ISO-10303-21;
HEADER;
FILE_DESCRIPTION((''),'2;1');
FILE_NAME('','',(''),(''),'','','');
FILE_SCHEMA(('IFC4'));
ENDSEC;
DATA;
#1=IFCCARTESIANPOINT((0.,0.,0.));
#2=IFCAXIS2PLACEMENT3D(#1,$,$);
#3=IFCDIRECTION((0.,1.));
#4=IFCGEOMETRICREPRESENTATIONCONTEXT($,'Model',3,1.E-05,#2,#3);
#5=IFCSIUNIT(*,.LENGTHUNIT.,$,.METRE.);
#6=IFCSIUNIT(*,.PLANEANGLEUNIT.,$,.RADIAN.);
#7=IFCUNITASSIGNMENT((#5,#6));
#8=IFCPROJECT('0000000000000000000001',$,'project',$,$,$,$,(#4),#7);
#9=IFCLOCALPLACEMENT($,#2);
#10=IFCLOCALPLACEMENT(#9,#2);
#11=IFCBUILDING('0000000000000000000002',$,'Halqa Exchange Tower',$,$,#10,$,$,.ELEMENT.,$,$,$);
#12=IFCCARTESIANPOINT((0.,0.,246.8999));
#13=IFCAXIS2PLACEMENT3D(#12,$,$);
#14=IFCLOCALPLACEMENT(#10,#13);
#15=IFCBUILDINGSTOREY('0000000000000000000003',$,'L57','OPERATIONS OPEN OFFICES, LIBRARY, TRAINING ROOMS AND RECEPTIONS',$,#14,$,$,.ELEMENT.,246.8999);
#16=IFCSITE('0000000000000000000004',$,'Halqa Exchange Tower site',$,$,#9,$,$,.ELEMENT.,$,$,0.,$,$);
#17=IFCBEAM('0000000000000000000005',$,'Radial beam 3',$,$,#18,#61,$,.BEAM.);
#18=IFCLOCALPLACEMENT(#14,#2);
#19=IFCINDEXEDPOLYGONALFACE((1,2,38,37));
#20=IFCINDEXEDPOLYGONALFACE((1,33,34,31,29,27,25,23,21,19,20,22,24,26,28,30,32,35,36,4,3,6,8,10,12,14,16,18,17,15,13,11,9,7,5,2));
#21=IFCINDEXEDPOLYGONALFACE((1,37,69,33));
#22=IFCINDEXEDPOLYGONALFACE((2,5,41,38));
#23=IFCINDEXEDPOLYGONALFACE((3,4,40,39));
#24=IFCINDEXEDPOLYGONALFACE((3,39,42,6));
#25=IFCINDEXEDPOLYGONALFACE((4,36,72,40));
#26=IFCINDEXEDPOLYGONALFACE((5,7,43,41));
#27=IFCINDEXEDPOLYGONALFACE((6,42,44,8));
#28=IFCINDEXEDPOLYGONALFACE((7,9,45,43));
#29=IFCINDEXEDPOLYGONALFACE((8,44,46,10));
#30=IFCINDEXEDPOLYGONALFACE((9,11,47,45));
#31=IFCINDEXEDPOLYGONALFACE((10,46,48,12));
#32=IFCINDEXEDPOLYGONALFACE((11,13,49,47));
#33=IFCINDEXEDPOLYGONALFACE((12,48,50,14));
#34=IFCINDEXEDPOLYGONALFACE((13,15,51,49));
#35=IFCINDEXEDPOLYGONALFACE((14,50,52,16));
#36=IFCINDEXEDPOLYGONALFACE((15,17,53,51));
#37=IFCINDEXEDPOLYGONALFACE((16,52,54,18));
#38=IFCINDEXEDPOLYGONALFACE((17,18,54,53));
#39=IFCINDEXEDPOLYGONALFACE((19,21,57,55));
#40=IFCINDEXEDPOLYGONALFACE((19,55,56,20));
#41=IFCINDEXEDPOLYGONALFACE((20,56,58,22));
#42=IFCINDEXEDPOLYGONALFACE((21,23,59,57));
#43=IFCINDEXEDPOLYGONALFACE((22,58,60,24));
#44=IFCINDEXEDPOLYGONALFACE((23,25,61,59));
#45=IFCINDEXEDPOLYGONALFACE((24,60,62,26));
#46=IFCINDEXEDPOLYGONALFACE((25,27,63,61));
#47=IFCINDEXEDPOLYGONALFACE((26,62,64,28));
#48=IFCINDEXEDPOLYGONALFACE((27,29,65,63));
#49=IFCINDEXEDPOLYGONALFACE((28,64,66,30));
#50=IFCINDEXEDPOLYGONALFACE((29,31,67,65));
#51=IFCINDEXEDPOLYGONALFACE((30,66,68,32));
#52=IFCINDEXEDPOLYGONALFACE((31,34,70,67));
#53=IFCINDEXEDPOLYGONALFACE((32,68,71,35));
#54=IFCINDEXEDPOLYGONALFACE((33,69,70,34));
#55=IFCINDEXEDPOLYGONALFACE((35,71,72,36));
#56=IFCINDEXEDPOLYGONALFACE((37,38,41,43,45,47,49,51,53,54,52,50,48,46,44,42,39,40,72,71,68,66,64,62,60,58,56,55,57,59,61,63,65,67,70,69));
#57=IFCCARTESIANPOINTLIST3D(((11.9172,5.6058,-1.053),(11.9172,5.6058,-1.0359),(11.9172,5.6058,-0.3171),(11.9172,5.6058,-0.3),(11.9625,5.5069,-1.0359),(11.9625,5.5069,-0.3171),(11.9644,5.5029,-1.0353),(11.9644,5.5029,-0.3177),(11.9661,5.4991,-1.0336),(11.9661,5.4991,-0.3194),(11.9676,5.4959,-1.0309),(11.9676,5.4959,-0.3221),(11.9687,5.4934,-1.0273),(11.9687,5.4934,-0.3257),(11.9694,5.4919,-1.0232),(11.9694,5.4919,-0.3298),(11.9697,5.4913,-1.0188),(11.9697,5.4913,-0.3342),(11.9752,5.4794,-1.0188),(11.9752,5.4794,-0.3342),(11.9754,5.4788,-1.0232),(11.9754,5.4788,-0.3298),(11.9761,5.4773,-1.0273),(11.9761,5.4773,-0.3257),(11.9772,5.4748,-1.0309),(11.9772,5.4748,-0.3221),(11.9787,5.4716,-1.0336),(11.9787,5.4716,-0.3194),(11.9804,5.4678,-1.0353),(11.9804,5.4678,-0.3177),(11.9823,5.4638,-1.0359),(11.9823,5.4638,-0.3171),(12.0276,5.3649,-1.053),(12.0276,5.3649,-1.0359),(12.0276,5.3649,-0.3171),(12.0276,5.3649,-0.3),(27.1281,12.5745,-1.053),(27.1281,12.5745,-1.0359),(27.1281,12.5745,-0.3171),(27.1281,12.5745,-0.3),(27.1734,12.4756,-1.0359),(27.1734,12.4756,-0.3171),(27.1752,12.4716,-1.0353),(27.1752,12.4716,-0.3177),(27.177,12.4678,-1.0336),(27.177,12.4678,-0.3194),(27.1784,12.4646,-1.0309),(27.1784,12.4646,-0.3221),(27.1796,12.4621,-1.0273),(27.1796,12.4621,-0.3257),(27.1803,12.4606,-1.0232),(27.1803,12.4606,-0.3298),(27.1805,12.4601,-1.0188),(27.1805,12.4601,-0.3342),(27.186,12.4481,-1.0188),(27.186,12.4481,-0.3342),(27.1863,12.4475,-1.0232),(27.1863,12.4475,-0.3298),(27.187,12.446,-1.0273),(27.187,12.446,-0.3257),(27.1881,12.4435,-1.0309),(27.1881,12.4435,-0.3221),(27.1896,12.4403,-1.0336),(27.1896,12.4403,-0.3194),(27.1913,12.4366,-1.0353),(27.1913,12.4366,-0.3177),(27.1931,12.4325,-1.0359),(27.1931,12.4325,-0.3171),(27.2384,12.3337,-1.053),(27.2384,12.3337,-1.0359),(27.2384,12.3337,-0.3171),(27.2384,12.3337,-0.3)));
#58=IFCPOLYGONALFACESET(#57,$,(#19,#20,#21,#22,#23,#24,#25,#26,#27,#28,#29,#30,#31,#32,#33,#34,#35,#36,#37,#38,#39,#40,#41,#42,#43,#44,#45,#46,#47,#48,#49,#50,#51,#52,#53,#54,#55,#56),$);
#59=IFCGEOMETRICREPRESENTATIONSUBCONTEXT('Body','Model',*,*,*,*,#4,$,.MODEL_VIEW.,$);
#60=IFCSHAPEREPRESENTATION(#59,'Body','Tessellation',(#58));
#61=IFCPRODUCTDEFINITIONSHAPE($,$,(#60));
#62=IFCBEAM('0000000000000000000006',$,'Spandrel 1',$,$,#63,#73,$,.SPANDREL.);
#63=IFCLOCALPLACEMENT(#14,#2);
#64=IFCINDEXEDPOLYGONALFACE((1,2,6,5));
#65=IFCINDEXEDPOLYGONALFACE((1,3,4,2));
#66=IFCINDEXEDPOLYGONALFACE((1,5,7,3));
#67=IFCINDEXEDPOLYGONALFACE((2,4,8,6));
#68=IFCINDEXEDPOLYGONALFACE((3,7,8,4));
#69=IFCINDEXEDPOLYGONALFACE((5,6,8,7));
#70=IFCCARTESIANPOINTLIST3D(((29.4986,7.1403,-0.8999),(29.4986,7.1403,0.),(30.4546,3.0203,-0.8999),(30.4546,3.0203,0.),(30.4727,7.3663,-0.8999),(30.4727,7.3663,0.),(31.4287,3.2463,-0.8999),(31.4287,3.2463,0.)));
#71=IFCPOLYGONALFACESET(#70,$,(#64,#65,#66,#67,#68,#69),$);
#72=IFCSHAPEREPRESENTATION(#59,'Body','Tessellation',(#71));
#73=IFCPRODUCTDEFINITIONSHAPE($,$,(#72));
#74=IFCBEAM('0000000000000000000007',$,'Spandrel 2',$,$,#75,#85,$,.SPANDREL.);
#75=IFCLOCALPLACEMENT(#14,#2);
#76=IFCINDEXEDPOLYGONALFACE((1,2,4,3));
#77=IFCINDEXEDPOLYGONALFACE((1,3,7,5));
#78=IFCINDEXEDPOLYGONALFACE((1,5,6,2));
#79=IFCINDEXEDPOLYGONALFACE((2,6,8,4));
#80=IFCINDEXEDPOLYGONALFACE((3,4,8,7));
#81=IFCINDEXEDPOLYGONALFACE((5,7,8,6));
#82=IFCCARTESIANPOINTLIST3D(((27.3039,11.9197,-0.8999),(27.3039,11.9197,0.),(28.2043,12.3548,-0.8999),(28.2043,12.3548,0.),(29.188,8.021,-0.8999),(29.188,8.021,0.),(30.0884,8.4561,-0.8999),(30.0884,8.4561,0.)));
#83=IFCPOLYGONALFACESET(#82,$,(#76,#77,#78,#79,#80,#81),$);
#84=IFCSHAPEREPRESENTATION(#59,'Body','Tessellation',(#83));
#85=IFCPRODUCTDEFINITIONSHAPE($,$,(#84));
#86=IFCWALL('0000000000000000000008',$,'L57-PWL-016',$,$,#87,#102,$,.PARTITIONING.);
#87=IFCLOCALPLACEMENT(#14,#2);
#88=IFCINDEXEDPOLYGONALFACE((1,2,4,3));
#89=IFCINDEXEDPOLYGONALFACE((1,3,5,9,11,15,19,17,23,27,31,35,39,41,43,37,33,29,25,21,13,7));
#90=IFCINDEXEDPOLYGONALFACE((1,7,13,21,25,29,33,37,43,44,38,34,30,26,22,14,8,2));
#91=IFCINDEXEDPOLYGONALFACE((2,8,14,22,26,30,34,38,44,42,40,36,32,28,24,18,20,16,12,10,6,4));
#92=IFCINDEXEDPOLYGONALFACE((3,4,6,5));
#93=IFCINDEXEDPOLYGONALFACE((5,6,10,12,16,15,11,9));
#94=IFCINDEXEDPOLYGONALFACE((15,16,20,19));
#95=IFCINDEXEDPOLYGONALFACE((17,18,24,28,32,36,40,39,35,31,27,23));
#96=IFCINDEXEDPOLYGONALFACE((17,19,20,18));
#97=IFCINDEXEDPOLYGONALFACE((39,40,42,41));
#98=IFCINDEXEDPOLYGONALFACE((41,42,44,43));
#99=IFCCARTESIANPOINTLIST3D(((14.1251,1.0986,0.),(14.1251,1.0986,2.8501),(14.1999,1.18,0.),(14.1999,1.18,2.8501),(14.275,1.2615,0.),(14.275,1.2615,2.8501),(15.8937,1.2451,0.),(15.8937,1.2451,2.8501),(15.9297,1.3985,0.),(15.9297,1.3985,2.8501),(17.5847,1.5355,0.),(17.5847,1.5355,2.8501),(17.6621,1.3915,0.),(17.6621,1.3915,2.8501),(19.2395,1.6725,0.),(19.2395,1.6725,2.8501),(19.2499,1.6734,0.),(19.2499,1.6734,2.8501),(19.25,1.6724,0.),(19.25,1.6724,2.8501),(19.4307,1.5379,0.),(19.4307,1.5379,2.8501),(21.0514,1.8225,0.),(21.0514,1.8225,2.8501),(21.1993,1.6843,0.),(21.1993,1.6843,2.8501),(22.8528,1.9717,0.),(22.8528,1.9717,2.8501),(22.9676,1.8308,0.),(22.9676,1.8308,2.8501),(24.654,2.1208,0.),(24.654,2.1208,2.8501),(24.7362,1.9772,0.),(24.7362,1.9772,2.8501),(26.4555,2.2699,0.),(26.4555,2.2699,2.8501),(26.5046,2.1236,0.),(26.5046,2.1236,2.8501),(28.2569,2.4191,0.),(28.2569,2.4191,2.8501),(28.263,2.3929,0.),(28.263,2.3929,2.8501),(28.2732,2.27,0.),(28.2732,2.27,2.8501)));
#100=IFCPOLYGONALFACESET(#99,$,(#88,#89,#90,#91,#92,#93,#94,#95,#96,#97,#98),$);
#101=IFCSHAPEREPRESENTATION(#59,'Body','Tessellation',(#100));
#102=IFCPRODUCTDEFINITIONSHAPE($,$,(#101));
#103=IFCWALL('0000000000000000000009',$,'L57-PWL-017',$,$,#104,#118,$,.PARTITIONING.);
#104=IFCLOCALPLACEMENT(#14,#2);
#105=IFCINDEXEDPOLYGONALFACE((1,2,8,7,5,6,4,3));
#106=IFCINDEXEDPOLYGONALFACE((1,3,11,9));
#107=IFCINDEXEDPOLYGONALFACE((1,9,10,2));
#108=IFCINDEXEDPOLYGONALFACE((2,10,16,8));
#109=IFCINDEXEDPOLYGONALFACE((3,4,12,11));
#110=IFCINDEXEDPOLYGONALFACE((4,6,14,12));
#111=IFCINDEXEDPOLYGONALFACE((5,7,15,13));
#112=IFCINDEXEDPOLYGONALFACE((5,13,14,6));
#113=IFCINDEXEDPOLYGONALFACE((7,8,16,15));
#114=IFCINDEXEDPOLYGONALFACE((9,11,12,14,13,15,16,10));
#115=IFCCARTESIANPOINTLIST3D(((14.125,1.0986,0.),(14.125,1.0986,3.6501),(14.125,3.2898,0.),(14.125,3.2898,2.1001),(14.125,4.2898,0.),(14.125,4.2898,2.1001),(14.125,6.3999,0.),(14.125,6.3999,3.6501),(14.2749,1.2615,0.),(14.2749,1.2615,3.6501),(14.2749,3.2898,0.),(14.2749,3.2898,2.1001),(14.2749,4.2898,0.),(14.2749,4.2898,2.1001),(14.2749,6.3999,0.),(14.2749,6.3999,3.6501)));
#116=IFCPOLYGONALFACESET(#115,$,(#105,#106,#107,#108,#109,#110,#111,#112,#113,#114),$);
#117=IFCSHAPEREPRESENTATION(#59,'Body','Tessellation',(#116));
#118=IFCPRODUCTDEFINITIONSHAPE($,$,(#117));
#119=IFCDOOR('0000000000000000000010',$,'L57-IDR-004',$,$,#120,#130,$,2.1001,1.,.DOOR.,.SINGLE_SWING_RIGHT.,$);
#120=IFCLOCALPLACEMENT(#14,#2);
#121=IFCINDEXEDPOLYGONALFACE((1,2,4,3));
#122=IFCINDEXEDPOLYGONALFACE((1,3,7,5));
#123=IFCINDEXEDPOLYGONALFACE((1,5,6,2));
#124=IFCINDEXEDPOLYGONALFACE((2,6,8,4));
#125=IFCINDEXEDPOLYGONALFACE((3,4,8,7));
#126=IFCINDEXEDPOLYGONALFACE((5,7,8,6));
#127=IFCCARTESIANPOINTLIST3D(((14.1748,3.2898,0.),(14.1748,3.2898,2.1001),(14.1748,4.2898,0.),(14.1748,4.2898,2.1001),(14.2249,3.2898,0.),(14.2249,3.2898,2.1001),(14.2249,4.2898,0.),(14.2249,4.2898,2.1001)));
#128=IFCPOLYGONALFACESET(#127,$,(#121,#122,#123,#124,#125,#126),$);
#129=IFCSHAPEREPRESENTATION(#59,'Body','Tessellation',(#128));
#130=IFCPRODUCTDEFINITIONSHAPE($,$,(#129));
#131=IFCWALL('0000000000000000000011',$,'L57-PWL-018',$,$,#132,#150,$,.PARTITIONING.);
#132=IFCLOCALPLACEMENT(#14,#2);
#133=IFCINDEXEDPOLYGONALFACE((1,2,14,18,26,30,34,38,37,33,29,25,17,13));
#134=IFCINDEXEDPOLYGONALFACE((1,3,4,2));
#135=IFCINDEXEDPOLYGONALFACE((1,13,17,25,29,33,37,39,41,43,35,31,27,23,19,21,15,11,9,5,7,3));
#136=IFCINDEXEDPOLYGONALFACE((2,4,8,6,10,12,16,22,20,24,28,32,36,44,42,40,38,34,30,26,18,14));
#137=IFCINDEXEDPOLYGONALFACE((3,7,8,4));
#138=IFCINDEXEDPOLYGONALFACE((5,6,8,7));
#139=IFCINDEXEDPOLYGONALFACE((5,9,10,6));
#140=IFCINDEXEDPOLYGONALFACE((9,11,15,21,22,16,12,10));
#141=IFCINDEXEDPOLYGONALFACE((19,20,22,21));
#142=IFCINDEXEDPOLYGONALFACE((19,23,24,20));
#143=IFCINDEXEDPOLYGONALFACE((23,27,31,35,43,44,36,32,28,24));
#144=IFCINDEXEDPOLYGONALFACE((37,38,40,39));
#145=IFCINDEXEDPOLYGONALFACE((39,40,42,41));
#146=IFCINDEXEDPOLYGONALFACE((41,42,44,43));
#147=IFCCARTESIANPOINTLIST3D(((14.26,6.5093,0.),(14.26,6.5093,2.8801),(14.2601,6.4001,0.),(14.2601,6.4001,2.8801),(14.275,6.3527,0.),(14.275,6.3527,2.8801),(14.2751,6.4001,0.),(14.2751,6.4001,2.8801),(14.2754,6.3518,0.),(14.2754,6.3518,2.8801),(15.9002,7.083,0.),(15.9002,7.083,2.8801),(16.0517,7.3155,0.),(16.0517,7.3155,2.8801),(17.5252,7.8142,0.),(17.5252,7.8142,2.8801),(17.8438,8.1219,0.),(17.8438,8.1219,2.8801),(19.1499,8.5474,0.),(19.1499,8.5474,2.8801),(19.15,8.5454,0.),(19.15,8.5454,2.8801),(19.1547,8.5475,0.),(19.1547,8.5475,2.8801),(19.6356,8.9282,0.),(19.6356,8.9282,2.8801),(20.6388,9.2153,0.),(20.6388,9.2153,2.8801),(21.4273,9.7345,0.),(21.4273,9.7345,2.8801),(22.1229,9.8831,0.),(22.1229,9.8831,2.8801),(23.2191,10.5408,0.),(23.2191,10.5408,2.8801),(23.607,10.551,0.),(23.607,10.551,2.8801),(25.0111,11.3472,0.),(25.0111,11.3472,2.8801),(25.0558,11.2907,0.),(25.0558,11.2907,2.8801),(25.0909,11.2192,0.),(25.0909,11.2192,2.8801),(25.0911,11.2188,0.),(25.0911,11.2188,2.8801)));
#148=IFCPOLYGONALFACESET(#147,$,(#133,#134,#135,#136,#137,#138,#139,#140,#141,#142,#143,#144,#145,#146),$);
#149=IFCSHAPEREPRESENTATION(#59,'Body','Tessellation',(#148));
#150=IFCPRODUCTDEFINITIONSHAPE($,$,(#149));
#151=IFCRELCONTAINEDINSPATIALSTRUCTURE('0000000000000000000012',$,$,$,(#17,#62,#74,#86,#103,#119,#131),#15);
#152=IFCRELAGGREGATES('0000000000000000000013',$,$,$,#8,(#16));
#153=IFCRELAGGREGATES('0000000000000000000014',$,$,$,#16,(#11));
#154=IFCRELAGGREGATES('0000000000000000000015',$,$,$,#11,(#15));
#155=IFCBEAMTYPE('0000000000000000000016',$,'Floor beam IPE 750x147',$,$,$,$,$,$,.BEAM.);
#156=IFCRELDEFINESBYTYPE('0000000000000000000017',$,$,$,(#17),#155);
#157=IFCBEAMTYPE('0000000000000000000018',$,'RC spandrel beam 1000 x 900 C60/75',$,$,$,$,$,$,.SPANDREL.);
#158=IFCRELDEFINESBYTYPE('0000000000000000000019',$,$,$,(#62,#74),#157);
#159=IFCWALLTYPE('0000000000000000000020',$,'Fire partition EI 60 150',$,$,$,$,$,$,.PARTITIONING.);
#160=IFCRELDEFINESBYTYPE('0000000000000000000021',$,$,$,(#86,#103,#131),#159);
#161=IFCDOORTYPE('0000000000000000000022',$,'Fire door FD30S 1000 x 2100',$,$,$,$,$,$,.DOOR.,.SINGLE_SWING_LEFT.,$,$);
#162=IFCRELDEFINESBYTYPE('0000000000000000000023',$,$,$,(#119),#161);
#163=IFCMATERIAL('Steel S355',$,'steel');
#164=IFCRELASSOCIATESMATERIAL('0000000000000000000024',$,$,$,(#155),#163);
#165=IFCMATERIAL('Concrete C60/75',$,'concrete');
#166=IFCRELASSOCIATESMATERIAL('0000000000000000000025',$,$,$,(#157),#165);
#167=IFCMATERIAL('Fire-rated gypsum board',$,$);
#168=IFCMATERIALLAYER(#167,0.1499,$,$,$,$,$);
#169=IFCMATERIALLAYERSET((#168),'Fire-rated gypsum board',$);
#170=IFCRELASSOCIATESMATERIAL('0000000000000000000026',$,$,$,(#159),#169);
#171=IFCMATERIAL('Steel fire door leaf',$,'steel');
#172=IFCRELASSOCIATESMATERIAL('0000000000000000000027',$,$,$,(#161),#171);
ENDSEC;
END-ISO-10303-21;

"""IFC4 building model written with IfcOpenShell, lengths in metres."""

from ifc_helpers import new_model, si_unit, direction, frame, frame_2d, origin, origin_2d, place, context, subcontext, project, spatial, polyline, rectangle, i_section, outline, extrude, material, layer, layer_set, material_profile, profile_set, type_object, element, fill, save


model = new_model("IFC4")

# Units and contexts
model_context = context("Model", 3, precision=1e-05, world=origin(), true_north=direction((0.0, 1.0)))
body_context = subcontext(model_context, "Body", "Model", "MODEL_VIEW")
ifc_project = project(units=[si_unit("LENGTHUNIT", "METRE"), si_unit("PLANEANGLEUNIT", "RADIAN")], contexts=[model_context])

# Site, building, storey
site_placement = place(None, origin())
site = spatial("IfcSite", under=ifc_project, at=site_placement, Name="Halqa Exchange Tower site", CompositionType="ELEMENT", RefElevation=0.0)
building_placement = place(site_placement, origin())
building = spatial("IfcBuilding", under=site, at=building_placement, Name="Halqa Exchange Tower", CompositionType="ELEMENT")
storey_placement = place(building_placement, frame((0.0, 0.0, 246.8999)))
storey = spatial("IfcBuildingStorey", under=building, at=storey_placement, Name="L57", Description="OPERATIONS OPEN OFFICES, LIBRARY, TRAINING ROOMS AND RECEPTIONS", CompositionType="ELEMENT", Elevation=246.8999)

# Shared definitions
ifc_material_1 = material(Name="Concrete C60/75", Category="concrete")

# Beams
ifc_material_2 = material(Name="Steel S355", Category="steel")
ifc_material_profile_1 = material_profile(ifc_material_2, i_section(OverallWidth=0.2649, OverallDepth=0.7529, WebThickness=0.0132, FlangeThickness=0.0171, FilletRadius=0.0171, at=origin_2d()), Name="IPE 750x147")
ifc_profile_set_1 = profile_set([ifc_material_profile_1], Name="Steel S355")
beam_type_1 = type_object("IfcBeamType", Name="Floor beam IPE 750x147", PredefinedType="BEAM", material=ifc_profile_set_1)
beam_1_placement = place(storey_placement, frame((11.9724, 5.4854, -0.6765), z_axis=(0.909131, 0.41651, 0.0), x_axis=(-0.41651, 0.909131, 0.0)))
element("IfcBeam", 1, at=beam_1_placement, inside=storey, type_object=beam_type_1, Name="Radial beam 3", PredefinedType="BEAM", context=body_context, shape_type="SweptSolid", body=[
    extrude(i_section(OverallWidth=0.2649, OverallDepth=0.7529, WebThickness=0.0132, FlangeThickness=0.0171, FilletRadius=0.0171, at=origin_2d()), origin(), (0.0, 0.0, 1.0), 16.7312),
])
ifc_material_profile_2 = material_profile(ifc_material_1, rectangle(XDim=1.0, YDim=0.8999, at=origin_2d()), Name="1000 x 900")
ifc_profile_set_2 = profile_set([ifc_material_profile_2], Name="Concrete C60/75")
beam_type_2 = type_object("IfcBeamType", Name="RC spandrel beam 1000 x 900 C60/75", PredefinedType="SPANDREL", material=ifc_profile_set_2)
beam_2_placement = place(storey_placement, frame((30.9417, 3.1333, -0.45), z_axis=(-0.22604, 0.974118, 0.0), x_axis=(-0.974118, -0.22604, 0.0)))
element("IfcBeam", 2, at=beam_2_placement, inside=storey, type_object=beam_type_2, Name="Spandrel 1", PredefinedType="SPANDREL", context=body_context, shape_type="SweptSolid", body=[
    extrude(rectangle(XDim=1.0, YDim=0.8999, at=origin_2d()), origin(), (0.0, 0.0, 1.0), 4.2295),
])
beam_3_placement = place(storey_placement, frame((29.6382, 8.2385, -0.45), z_axis=(-0.435107, 0.900379, 0.0), x_axis=(-0.900379, -0.435107, 0.0)))
element("IfcBeam", 3, at=beam_3_placement, inside=storey, type_object=beam_type_2, Name="Spandrel 2", PredefinedType="SPANDREL", context=body_context, shape_type="SweptSolid", body=[
    extrude(rectangle(XDim=1.0, YDim=0.8999, at=origin_2d()), origin(), (0.0, 0.0, 1.0), 4.3301),
])

# Wall
ifc_material_3 = material(Name="Fire-rated gypsum board")
ifc_layer_1 = layer(ifc_material_3, 0.1499)
ifc_layer_set_1 = layer_set([ifc_layer_1], Name="Fire-rated gypsum board")
wall_type_1 = type_object("IfcWallType", Name="Fire partition EI 60 150", PredefinedType="PARTITIONING", material=ifc_layer_set_1)
wall_1_placement = place(storey_placement, frame((14.1189, 1.1733, 0.0), z_axis=(0.0, 0.0, 1.0), x_axis=(0.99659, 0.082512, 0.0)))
element("IfcWall", 4, at=wall_1_placement, inside=storey, type_object=wall_type_1, Name="L57-PWL-016", PredefinedType="PARTITIONING", context=body_context, shape_type="SweptSolid", body=[
    extrude(outline(polyline([(14.1965, -0.075), (14.1965, 0.0483), (14.1926, 0.075), (12.385, 0.075), (10.5774, 0.075), (8.77, 0.075), (6.9624, 0.075), (5.1548, 0.075), (5.1548, 0.074), (5.1443, 0.075), (3.4839, 0.075), (1.8232, 0.075), (0.1628, 0.075), (0.0813, 0.0), (0.0, -0.075), (1.7747, -0.075), (3.5491, -0.075), (5.3237, -0.075), (7.0984, -0.075), (8.8728, -0.075), (10.6475, -0.075), (12.4219, -0.075), (14.1965, -0.075)])), origin(), (0.0, 0.0, 1.0), 2.8501),
])

# Wall, opening, door
wall_2_placement = place(storey_placement, frame((14.2, 6.3999, 0.0), z_axis=(0.0, 0.0, 1.0), x_axis=(0.0, -1.0, 0.0)))
wall_2 = element("IfcWall", 5, at=wall_2_placement, inside=storey, type_object=wall_type_1, Name="L57-PWL-017", PredefinedType="PARTITIONING", context=body_context, shape_type="SweptSolid", body=[
    extrude(outline(polyline([(0.0, -0.075), (1.7671, -0.075), (3.5342, -0.075), (5.3013, -0.075), (5.1384, 0.075), (3.4258, 0.075), (1.7129, 0.075), (0.0, 0.075), (0.0, -0.075)])), origin(), (0.0, 0.0, 1.0), 3.6501),
])
opening_1_placement = place(wall_2_placement, frame((2.1101, 0.0, 0.0)))
opening_1 = element("IfcOpeningElement", 6, at=opening_1_placement, cuts=wall_2, PredefinedType="OPENING", context=body_context, shape_type="SweptSolid", body=[
    extrude(rectangle(XDim=1.0, YDim=2.1001, at=frame_2d((0.5, 1.05))), frame((0.0, 0.0869, 0.0), z_axis=(0.0, -1.0, 0.0), x_axis=(1.0, 0.0, 0.0)), (0.0, 0.0, 1.0), 0.1738),
])
ifc_material_4 = material(Name="Steel fire door leaf", Category="steel")
door_type_1 = type_object("IfcDoorType", Name="Fire door FD30S 1000 x 2100", OperationType="SINGLE_SWING_LEFT", PredefinedType="DOOR", material=ifc_material_4)
door_1_placement = place(opening_1_placement, origin())
door_1 = element("IfcDoor", 7, at=door_1_placement, inside=storey, type_object=door_type_1, Name="L57-IDR-004", OperationType="SINGLE_SWING_RIGHT", OverallHeight=2.1001, OverallWidth=1.0, PredefinedType="DOOR", context=body_context, shape_type="SweptSolid", body=[
    extrude(rectangle(XDim=1.0, YDim=2.1001, at=frame_2d((0.5, 1.05))), frame((0.0, 0.0249, 0.0), z_axis=(0.0, -1.0, 0.0), x_axis=(1.0, 0.0, 0.0)), (0.0, 0.0, 1.0), 0.05),
])
fill(opening_1, door_1)

# Wall
wall_3_placement = place(storey_placement, frame((14.2446, 6.4202, 0.0), z_axis=(0.0, 0.0, 1.0), x_axis=(0.911925, 0.410357, 0.0)))
element("IfcWall", 8, at=wall_3_placement, inside=storey, type_object=wall_type_1, Name="L57-PWL-018", PredefinedType="PARTITIONING", context=body_context, shape_type="SweptSolid", body=[
    extrude(outline(polyline([(0.0, -0.075), (1.7817, -0.075), (3.5637, -0.075), (5.3455, -0.075), (5.3462, -0.073), (5.3506, -0.075), (6.978, -0.075), (8.6055, -0.075), (10.2329, -0.075), (11.8604, -0.075), (11.8604, -0.0745), (11.8577, 0.0051), (11.8401, 0.075), (9.875, 0.075), (7.9102, 0.075), (5.9453, 0.075), (3.9805, 0.075), (2.0154, 0.075), (0.0505, 0.075), (0.0059, -0.0247), (0.0195, -0.0308), (0.0, -0.074), (0.0, -0.075)])), origin(), (0.0, 0.0, 1.0), 2.8801),
])

save(model, "model.ifc")
